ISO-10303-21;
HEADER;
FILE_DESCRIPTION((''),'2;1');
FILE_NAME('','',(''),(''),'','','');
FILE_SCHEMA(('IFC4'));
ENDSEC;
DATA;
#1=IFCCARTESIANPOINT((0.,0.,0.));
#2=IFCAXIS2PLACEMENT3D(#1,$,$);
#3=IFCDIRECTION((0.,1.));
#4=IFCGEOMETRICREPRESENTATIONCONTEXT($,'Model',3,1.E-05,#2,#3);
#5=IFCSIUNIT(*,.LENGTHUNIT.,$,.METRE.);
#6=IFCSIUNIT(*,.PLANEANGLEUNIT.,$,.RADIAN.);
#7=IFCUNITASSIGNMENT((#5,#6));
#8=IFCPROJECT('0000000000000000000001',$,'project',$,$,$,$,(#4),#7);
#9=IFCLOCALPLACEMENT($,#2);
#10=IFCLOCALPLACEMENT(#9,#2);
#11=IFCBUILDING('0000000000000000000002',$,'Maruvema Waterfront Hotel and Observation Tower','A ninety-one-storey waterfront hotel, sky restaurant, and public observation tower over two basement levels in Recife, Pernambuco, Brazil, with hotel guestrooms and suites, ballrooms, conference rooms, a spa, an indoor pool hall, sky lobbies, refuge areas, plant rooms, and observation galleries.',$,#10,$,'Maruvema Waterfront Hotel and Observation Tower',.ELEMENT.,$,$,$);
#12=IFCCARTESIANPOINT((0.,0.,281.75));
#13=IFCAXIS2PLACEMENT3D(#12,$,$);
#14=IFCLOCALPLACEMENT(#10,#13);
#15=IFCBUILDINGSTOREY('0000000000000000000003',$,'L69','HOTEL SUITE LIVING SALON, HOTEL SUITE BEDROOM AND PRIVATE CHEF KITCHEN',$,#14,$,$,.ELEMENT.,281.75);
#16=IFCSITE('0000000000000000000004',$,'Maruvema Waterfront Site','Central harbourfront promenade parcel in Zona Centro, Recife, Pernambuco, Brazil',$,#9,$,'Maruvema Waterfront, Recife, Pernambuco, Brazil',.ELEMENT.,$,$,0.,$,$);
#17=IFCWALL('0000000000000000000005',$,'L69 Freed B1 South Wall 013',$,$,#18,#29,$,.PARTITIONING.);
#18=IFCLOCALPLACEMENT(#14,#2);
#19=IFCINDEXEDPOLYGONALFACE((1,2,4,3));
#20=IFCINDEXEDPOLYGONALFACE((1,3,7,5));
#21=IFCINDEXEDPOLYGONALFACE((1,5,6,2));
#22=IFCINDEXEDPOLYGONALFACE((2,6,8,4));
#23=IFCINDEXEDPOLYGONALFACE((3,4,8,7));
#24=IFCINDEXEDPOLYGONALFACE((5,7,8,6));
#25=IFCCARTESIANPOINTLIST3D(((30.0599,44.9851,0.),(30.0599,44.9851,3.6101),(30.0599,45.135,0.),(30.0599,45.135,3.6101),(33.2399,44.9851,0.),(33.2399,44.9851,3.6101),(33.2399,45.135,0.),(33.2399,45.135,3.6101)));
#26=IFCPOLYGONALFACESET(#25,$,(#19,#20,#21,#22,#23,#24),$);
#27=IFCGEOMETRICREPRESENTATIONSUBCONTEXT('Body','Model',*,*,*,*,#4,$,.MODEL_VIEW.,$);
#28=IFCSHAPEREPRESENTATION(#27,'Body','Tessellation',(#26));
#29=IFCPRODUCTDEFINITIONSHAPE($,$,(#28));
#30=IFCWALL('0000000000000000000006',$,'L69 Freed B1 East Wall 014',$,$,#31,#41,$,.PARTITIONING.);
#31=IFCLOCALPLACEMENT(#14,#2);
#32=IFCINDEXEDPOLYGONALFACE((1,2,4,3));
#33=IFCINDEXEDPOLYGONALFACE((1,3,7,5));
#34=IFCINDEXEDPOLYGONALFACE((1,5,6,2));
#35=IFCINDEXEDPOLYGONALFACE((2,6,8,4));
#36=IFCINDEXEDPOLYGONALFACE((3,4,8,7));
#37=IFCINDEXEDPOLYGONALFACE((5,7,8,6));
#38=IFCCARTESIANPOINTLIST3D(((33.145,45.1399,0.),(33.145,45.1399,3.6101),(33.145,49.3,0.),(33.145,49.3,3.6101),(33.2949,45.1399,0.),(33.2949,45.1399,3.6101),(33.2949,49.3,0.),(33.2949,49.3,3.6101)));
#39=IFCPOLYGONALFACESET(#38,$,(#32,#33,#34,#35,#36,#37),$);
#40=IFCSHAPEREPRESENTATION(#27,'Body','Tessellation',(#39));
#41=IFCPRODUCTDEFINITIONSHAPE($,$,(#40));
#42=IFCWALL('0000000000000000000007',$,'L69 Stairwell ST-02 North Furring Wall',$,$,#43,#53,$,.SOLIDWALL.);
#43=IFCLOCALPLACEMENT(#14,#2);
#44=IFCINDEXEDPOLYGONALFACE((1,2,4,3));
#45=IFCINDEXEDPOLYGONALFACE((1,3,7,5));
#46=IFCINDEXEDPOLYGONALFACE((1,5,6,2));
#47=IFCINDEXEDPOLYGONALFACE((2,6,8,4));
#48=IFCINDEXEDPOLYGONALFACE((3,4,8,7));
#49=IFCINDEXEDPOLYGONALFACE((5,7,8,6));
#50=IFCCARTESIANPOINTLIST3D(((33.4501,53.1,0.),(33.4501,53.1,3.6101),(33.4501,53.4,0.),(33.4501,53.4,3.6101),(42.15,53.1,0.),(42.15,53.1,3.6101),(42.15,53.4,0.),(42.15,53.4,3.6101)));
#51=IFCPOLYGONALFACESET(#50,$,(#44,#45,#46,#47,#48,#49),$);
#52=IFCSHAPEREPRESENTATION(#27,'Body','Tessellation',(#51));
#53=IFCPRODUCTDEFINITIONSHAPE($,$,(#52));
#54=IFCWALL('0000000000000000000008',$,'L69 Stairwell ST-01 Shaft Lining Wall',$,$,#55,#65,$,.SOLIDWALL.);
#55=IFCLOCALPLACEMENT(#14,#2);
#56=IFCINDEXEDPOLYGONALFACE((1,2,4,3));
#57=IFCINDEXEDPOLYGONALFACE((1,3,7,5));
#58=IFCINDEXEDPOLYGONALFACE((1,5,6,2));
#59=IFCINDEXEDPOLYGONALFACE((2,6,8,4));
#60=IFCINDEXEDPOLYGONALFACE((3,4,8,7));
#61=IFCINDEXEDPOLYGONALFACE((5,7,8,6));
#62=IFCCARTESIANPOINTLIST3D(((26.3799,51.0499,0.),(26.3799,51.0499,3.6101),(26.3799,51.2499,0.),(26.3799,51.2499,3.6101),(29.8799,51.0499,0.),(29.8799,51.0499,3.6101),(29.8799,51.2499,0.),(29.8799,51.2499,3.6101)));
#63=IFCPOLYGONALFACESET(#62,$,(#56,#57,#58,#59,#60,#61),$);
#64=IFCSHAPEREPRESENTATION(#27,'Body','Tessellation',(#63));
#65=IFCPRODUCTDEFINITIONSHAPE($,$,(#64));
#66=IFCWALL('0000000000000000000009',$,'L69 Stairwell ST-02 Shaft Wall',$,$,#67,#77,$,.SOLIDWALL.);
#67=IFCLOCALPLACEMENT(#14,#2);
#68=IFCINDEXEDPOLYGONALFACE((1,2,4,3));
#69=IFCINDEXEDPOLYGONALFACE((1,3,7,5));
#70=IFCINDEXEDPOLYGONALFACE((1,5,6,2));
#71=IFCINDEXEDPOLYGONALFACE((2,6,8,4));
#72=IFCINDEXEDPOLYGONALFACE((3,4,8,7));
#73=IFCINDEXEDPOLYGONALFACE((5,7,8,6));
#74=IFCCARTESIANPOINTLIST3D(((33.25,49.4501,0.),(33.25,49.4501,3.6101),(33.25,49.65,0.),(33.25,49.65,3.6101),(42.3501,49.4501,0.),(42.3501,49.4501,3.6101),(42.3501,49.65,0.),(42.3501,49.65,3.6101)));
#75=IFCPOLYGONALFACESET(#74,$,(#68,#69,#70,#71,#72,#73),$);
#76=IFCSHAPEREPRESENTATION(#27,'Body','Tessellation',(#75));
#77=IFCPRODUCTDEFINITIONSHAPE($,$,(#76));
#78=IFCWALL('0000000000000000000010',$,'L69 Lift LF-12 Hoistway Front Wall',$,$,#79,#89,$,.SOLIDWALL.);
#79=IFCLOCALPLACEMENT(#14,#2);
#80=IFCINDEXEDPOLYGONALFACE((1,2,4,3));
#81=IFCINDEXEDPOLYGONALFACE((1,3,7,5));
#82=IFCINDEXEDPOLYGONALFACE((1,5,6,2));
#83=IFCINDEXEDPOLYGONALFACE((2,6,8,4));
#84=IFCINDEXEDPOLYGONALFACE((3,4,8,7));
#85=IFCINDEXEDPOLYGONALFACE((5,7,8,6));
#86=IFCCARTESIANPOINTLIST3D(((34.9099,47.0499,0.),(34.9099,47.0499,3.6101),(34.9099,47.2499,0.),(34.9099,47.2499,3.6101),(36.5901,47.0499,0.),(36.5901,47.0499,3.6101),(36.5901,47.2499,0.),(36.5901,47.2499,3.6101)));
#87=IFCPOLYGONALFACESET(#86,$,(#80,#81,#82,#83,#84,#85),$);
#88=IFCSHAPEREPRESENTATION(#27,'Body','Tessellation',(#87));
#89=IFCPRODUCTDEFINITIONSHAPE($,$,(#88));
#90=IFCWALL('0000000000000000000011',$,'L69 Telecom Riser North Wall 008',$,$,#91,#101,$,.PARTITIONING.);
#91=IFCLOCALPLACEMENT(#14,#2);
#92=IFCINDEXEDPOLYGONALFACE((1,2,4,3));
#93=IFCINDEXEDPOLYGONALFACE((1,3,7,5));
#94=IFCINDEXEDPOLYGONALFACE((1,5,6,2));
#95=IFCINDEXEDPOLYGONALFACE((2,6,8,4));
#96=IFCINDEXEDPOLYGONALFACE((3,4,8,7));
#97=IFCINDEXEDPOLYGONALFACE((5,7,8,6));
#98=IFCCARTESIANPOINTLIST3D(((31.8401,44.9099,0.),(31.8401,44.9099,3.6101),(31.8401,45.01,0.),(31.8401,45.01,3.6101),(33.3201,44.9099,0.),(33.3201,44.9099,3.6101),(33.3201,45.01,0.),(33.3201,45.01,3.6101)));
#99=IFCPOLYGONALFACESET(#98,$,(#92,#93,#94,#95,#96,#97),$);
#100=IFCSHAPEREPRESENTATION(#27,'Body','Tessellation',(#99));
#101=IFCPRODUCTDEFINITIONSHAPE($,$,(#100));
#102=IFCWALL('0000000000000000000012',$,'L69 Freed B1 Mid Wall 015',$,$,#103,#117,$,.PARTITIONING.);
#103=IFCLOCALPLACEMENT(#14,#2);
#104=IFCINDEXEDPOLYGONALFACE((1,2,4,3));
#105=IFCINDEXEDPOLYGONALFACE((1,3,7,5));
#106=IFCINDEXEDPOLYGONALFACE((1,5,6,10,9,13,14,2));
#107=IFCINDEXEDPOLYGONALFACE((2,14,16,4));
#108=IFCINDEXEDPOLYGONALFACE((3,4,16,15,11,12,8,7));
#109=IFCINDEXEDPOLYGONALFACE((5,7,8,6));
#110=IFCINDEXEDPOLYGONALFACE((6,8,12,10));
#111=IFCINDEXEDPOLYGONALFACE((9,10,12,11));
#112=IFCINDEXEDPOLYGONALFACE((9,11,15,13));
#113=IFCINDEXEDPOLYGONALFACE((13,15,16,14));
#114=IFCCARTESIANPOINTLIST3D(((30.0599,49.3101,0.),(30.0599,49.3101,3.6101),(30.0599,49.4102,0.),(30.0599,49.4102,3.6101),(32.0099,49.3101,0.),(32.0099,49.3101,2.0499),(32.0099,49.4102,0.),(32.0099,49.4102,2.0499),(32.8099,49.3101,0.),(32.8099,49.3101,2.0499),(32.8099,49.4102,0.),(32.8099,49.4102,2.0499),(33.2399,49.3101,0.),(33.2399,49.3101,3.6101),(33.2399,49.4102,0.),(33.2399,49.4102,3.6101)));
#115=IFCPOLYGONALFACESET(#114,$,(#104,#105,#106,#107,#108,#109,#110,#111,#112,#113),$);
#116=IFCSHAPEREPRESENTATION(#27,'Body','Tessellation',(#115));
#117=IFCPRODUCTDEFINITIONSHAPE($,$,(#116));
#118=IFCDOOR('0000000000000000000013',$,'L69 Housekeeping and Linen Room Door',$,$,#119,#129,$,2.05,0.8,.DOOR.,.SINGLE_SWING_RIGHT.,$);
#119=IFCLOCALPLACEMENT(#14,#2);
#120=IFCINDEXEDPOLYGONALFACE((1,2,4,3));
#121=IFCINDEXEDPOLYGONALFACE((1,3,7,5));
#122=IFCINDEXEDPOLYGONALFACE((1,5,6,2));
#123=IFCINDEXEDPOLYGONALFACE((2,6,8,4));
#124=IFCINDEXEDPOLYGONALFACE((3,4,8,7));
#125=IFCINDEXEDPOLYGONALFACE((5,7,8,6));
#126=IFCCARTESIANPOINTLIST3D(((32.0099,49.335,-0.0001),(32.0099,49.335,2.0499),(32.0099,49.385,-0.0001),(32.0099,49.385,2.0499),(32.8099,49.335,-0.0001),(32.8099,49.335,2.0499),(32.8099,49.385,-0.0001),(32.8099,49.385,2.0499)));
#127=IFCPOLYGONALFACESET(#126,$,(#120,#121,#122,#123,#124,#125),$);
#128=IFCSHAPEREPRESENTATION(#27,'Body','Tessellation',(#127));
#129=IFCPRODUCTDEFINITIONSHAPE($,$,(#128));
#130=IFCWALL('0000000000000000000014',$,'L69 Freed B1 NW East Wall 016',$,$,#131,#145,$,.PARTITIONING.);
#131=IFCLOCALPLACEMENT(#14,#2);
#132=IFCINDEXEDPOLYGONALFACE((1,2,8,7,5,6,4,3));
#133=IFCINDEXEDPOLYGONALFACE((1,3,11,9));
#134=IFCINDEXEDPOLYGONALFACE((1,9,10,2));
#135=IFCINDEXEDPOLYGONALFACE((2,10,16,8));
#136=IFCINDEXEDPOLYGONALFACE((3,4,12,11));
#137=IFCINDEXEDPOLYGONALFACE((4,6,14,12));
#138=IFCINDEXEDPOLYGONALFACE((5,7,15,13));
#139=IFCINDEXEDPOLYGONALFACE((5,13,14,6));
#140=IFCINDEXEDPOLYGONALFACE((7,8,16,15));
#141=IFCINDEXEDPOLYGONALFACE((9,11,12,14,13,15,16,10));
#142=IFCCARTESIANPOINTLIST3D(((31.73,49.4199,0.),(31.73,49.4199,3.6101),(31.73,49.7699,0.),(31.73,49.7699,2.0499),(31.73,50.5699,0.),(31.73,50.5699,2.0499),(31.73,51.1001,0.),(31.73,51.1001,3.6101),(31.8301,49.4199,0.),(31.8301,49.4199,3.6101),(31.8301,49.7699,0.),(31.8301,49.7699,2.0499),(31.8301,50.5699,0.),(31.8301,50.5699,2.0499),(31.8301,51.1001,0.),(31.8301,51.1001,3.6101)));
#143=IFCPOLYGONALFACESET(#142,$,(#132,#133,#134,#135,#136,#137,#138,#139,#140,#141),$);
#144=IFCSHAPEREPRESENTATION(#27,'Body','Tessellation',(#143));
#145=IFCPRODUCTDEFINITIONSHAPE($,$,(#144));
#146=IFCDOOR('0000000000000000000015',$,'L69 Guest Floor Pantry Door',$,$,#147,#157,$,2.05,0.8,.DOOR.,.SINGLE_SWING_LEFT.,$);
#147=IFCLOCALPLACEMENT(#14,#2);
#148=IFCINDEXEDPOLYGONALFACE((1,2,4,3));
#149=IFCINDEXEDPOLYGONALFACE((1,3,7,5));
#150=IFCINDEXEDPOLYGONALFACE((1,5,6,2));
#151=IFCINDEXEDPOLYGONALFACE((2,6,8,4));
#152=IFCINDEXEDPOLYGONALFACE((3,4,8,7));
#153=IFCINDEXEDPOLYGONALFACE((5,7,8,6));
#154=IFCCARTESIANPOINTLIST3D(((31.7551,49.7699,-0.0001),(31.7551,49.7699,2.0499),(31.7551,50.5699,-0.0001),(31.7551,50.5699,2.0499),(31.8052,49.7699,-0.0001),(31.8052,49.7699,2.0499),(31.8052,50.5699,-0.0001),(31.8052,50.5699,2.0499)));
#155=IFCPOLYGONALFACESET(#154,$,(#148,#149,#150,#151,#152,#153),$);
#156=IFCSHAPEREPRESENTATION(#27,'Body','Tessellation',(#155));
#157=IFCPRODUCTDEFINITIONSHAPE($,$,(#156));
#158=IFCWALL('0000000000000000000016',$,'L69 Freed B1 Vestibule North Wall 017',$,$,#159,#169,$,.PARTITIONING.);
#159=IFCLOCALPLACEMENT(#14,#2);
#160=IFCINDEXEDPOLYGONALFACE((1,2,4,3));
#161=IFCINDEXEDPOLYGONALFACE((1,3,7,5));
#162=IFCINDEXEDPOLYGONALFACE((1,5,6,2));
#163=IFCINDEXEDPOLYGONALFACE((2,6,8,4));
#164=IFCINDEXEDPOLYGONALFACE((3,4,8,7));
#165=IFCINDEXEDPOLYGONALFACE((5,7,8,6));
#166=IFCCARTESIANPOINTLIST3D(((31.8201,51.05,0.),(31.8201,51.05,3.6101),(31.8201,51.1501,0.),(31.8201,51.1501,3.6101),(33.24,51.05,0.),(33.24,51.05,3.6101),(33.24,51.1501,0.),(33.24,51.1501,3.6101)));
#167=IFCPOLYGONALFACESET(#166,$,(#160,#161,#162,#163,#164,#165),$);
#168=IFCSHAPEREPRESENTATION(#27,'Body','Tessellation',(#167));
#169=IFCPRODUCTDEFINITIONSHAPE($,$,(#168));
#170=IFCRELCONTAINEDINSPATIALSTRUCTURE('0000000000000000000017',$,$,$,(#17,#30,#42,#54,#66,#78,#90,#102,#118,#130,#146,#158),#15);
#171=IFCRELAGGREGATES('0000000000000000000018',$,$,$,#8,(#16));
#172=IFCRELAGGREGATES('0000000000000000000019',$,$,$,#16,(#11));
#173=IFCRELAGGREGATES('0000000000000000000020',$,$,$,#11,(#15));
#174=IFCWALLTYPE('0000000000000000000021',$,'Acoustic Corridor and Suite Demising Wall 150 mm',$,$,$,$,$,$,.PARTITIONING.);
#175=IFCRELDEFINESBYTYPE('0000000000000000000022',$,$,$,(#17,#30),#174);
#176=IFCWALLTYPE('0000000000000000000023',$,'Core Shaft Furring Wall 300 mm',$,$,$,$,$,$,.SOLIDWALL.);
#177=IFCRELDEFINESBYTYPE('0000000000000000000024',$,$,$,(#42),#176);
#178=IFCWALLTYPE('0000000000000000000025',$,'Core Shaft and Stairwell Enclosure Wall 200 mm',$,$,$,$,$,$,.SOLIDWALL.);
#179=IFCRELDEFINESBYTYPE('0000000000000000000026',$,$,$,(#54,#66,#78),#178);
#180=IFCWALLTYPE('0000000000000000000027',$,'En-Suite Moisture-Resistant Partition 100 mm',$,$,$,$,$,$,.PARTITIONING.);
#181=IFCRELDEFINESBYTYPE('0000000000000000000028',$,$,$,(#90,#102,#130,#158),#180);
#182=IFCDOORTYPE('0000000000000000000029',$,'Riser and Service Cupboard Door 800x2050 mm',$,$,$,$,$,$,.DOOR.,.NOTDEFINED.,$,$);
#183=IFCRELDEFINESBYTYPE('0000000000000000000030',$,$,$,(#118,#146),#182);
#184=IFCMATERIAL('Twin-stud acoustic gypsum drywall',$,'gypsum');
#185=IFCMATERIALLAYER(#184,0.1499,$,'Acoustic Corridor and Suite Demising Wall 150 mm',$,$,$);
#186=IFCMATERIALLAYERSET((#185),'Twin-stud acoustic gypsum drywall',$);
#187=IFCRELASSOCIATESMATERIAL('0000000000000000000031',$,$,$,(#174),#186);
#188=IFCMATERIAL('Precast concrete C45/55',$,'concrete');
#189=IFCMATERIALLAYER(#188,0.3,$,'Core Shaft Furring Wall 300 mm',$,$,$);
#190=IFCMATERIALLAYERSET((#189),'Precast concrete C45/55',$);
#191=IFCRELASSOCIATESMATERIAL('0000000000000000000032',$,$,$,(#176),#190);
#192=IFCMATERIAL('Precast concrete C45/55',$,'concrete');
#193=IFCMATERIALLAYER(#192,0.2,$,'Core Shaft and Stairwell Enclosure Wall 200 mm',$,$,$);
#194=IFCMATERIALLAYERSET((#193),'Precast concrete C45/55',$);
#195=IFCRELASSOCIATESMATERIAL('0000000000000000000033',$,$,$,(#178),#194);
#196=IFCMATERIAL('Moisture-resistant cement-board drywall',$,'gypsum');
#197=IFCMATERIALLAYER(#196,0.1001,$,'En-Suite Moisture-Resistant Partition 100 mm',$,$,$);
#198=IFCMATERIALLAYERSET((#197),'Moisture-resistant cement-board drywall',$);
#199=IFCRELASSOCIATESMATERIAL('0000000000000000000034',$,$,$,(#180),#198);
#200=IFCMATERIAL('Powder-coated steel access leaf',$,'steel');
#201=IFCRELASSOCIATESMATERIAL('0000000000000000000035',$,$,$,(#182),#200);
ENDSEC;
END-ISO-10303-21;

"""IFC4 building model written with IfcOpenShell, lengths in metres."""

from ifc_helpers import new_model, si_unit, direction, frame, frame_2d, origin, place, context, subcontext, project, spatial, rectangle, extrude, material, layer, layer_set, type_object, element, fill, save


model = new_model("IFC4")

# Units and contexts
model_context = context("Model", 3, precision=1e-05, world=origin(), true_north=direction((0.0, 1.0)))
body_context = subcontext(model_context, "Body", "Model", "MODEL_VIEW")
ifc_project = project(units=[si_unit("LENGTHUNIT", "METRE"), si_unit("PLANEANGLEUNIT", "RADIAN")], contexts=[model_context])

# Site, building, storey
site_placement = place(None, origin())
site = spatial("IfcSite", under=ifc_project, at=site_placement, Name="Maruvema Waterfront Site", Description="Central harbourfront promenade parcel in Zona Centro, Recife, Pernambuco, Brazil", LongName="Maruvema Waterfront, Recife, Pernambuco, Brazil", CompositionType="ELEMENT", RefElevation=0.0)
building_placement = place(site_placement, origin())
building = spatial("IfcBuilding", under=site, at=building_placement, Name="Maruvema Waterfront Hotel and Observation Tower", Description="A ninety-one-storey waterfront hotel, sky restaurant, and public observation tower over two basement levels in Recife, Pernambuco, Brazil, with hotel guestrooms and suites, ballrooms, conference rooms, a spa, an indoor pool hall, sky lobbies, refuge areas, plant rooms, and observation galleries.", LongName="Maruvema Waterfront Hotel and Observation Tower", CompositionType="ELEMENT")
storey_placement = place(building_placement, frame((0.0, 0.0, 281.75)))
storey = spatial("IfcBuildingStorey", under=building, at=storey_placement, Name="L69", Description="HOTEL SUITE LIVING SALON, HOTEL SUITE BEDROOM AND PRIVATE CHEF KITCHEN", CompositionType="ELEMENT", Elevation=281.75)

# Walls
ifc_material_1 = material(Name="Twin-stud acoustic gypsum drywall", Category="gypsum")
ifc_layer_1 = layer(ifc_material_1, 0.1499, Name="Acoustic Corridor and Suite Demising Wall 150 mm")
ifc_layer_set_1 = layer_set([ifc_layer_1], Name="Twin-stud acoustic gypsum drywall")
wall_type_1 = type_object("IfcWallType", Name="Acoustic Corridor and Suite Demising Wall 150 mm", PredefinedType="PARTITIONING", material=ifc_layer_set_1)
wall_1_placement = place(storey_placement, frame((30.0601, 45.0601, 0.0), z_axis=(0.0, 0.0, 1.0), x_axis=(1.0, 0.0, 0.0)))
element("IfcWall", 1, at=wall_1_placement, inside=storey, type_object=wall_type_1, Name="L69 Freed B1 South Wall 013", PredefinedType="PARTITIONING", context=body_context, shape_type="SweptSolid", body=[
    extrude(rectangle(XDim=3.1799, YDim=0.1499, at=frame_2d((1.5898, 0.0))), origin(), (0.0, 0.0, 1.0), 3.6101),
])
wall_2_placement = place(storey_placement, frame((33.22, 45.1399, 0.0), z_axis=(0.0, 0.0, 1.0), x_axis=(0.0, 1.0, 0.0)))
element("IfcWall", 2, at=wall_2_placement, inside=storey, type_object=wall_type_1, Name="L69 Freed B1 East Wall 014", PredefinedType="PARTITIONING", context=body_context, shape_type="SweptSolid", body=[
    extrude(rectangle(XDim=4.1602, YDim=0.1499, at=frame_2d((2.0801, 0.0))), origin(), (0.0, 0.0, 1.0), 3.6101),
])
ifc_material_2 = material(Name="Precast concrete C45/55", Category="concrete")
ifc_layer_2 = layer(ifc_material_2, 0.3, Name="Core Shaft Furring Wall 300 mm")
ifc_layer_set_2 = layer_set([ifc_layer_2], Name="Precast concrete C45/55")
wall_type_2 = type_object("IfcWallType", Name="Core Shaft Furring Wall 300 mm", PredefinedType="SOLIDWALL", material=ifc_layer_set_2)
wall_3_placement = place(storey_placement, frame((33.45, 53.25, 0.0), z_axis=(0.0, 0.0, 1.0), x_axis=(1.0, 0.0, 0.0)))
element("IfcWall", 3, at=wall_3_placement, inside=storey, type_object=wall_type_2, Name="L69 Stairwell ST-02 North Furring Wall", PredefinedType="SOLIDWALL", context=body_context, shape_type="SweptSolid", body=[
    extrude(rectangle(XDim=8.7, YDim=0.3, at=frame_2d((4.3501, 0.0))), origin(), (0.0, 0.0, 1.0), 3.6101),
])
ifc_material_3 = material(Name="Precast concrete C45/55", Category="concrete")
ifc_layer_3 = layer(ifc_material_3, 0.2, Name="Core Shaft and Stairwell Enclosure Wall 200 mm")
ifc_layer_set_3 = layer_set([ifc_layer_3], Name="Precast concrete C45/55")
wall_type_3 = type_object("IfcWallType", Name="Core Shaft and Stairwell Enclosure Wall 200 mm", PredefinedType="SOLIDWALL", material=ifc_layer_set_3)
wall_4_placement = place(storey_placement, frame((26.3799, 51.1499, 0.0), z_axis=(0.0, 0.0, 1.0), x_axis=(1.0, 0.0, 0.0)))
element("IfcWall", 4, at=wall_4_placement, inside=storey, type_object=wall_type_3, Name="L69 Stairwell ST-01 Shaft Lining Wall", PredefinedType="SOLIDWALL", context=body_context, shape_type="SweptSolid", body=[
    extrude(rectangle(XDim=3.5, YDim=0.2, at=frame_2d((1.75, 0.0))), origin(), (0.0, 0.0, 1.0), 3.6101),
])
wall_5_placement = place(storey_placement, frame((33.25, 49.55, 0.0), z_axis=(0.0, 0.0, 1.0), x_axis=(1.0, 0.0, 0.0)))
element("IfcWall", 5, at=wall_5_placement, inside=storey, type_object=wall_type_3, Name="L69 Stairwell ST-02 Shaft Wall", PredefinedType="SOLIDWALL", context=body_context, shape_type="SweptSolid", body=[
    extrude(rectangle(XDim=9.1001, YDim=0.2, at=frame_2d((4.55, 0.0))), origin(), (0.0, 0.0, 1.0), 3.6101),
])

# Walls
wall_6_placement = place(storey_placement, frame((34.9099, 47.1499, 0.0), z_axis=(0.0, 0.0, 1.0), x_axis=(1.0, 0.0, 0.0)))
element("IfcWall", 6, at=wall_6_placement, inside=storey, type_object=wall_type_3, Name="L69 Lift LF-12 Hoistway Front Wall", PredefinedType="SOLIDWALL", context=body_context, shape_type="SweptSolid", body=[
    extrude(rectangle(XDim=1.6802, YDim=0.2, at=frame_2d((0.8401, 0.0))), origin(), (0.0, 0.0, 1.0), 3.6101),
])
ifc_material_4 = material(Name="Moisture-resistant cement-board drywall", Category="gypsum")
ifc_layer_4 = layer(ifc_material_4, 0.1001, Name="En-Suite Moisture-Resistant Partition 100 mm")
ifc_layer_set_4 = layer_set([ifc_layer_4], Name="Moisture-resistant cement-board drywall")
wall_type_4 = type_object("IfcWallType", Name="En-Suite Moisture-Resistant Partition 100 mm", PredefinedType="PARTITIONING", material=ifc_layer_set_4)
wall_7_placement = place(storey_placement, frame((31.8401, 44.96, 0.0), z_axis=(0.0, 0.0, 1.0), x_axis=(1.0, 0.0, 0.0)))
element("IfcWall", 7, at=wall_7_placement, inside=storey, type_object=wall_type_4, Name="L69 Telecom Riser North Wall 008", PredefinedType="PARTITIONING", context=body_context, shape_type="SweptSolid", body=[
    extrude(rectangle(XDim=1.48, YDim=0.1001, at=frame_2d((0.74, 0.0))), origin(), (0.0, 0.0, 1.0), 3.6101),
])

# Walls, openings, doors
wall_8_placement = place(storey_placement, frame((30.0601, 49.3601, 0.0), z_axis=(0.0, 0.0, 1.0), x_axis=(1.0, 0.0, 0.0)))
wall_8 = element("IfcWall", 8, at=wall_8_placement, inside=storey, type_object=wall_type_4, Name="L69 Freed B1 Mid Wall 015", PredefinedType="PARTITIONING", context=body_context, shape_type="SweptSolid", body=[
    extrude(rectangle(XDim=3.1799, YDim=0.1001, at=frame_2d((1.5898, 0.0))), origin(), (0.0, 0.0, 1.0), 3.6101),
])
opening_1_placement = place(wall_8_placement, frame((1.95, 0.0, 0.0)))
opening_1 = element("IfcOpeningElement", 9, at=opening_1_placement, cuts=wall_8, PredefinedType="OPENING", context=body_context, shape_type="SweptSolid", body=[
    extrude(rectangle(XDim=0.8, YDim=2.05, at=frame_2d((0.3999, 1.0249))), frame((0.0, 0.0601, 0.0), z_axis=(0.0, -1.0, 0.0), x_axis=(1.0, 0.0, 0.0)), (0.0, 0.0, 1.0), 0.1201),
])
ifc_material_5 = material(Name="Powder-coated steel access leaf", Category="steel")
door_type_1 = type_object("IfcDoorType", Name="Riser and Service Cupboard Door 800x2050 mm", OperationType="NOTDEFINED", PredefinedType="DOOR", material=ifc_material_5)
door_1_placement = place(opening_1_placement, origin())
door_1 = element("IfcDoor", 10, at=door_1_placement, inside=storey, type_object=door_type_1, Name="L69 Housekeeping and Linen Room Door", OperationType="SINGLE_SWING_RIGHT", OverallHeight=2.05, OverallWidth=0.8, PredefinedType="DOOR", context=body_context, shape_type="SweptSolid", body=[
    extrude(rectangle(XDim=0.8, YDim=2.05, at=frame_2d((0.3999, 1.0249))), frame((0.0, 0.0249, 0.0), z_axis=(0.0, -1.0, 0.0), x_axis=(1.0, 0.0, 0.0)), (0.0, 0.0, 1.0), 0.05),
])
fill(opening_1, door_1)
wall_9_placement = place(storey_placement, frame((31.78, 49.4199, 0.0), z_axis=(0.0, 0.0, 1.0), x_axis=(0.0, 1.0, 0.0)))
wall_9 = element("IfcWall", 11, at=wall_9_placement, inside=storey, type_object=wall_type_4, Name="L69 Freed B1 NW East Wall 016", PredefinedType="PARTITIONING", context=body_context, shape_type="SweptSolid", body=[
    extrude(rectangle(XDim=1.6802, YDim=0.1001, at=frame_2d((0.8401, 0.0))), origin(), (0.0, 0.0, 1.0), 3.6101),
])
opening_2_placement = place(wall_9_placement, frame((0.3501, 0.0, 0.0)))
opening_2 = element("IfcOpeningElement", 12, at=opening_2_placement, cuts=wall_9, PredefinedType="OPENING", context=body_context, shape_type="SweptSolid", body=[
    extrude(rectangle(XDim=0.8, YDim=2.05, at=frame_2d((0.3999, 1.0249))), frame((0.0, 0.0601, 0.0), z_axis=(0.0, -1.0, 0.0), x_axis=(1.0, 0.0, 0.0)), (0.0, 0.0, 1.0), 0.1201),
])
door_2_placement = place(opening_2_placement, origin())
door_2 = element("IfcDoor", 13, at=door_2_placement, inside=storey, type_object=door_type_1, Name="L69 Guest Floor Pantry Door", OperationType="SINGLE_SWING_LEFT", OverallHeight=2.05, OverallWidth=0.8, PredefinedType="DOOR", context=body_context, shape_type="SweptSolid", body=[
    extrude(rectangle(XDim=0.8, YDim=2.05, at=frame_2d((0.3999, 1.0249))), frame((0.0, 0.0249, 0.0), z_axis=(0.0, -1.0, 0.0), x_axis=(1.0, 0.0, 0.0)), (0.0, 0.0, 1.0), 0.05),
])
fill(opening_2, door_2)

# Wall
wall_10_placement = place(storey_placement, frame((31.8201, 51.1001, 0.0), z_axis=(0.0, 0.0, 1.0), x_axis=(1.0, 0.0, 0.0)))
element("IfcWall", 14, at=wall_10_placement, inside=storey, type_object=wall_type_4, Name="L69 Freed B1 Vestibule North Wall 017", PredefinedType="PARTITIONING", context=body_context, shape_type="SweptSolid", body=[
    extrude(rectangle(XDim=1.4199, YDim=0.1001, at=frame_2d((0.71, 0.0))), origin(), (0.0, 0.0, 1.0), 3.6101),
])

save(model, "model.ifc")
